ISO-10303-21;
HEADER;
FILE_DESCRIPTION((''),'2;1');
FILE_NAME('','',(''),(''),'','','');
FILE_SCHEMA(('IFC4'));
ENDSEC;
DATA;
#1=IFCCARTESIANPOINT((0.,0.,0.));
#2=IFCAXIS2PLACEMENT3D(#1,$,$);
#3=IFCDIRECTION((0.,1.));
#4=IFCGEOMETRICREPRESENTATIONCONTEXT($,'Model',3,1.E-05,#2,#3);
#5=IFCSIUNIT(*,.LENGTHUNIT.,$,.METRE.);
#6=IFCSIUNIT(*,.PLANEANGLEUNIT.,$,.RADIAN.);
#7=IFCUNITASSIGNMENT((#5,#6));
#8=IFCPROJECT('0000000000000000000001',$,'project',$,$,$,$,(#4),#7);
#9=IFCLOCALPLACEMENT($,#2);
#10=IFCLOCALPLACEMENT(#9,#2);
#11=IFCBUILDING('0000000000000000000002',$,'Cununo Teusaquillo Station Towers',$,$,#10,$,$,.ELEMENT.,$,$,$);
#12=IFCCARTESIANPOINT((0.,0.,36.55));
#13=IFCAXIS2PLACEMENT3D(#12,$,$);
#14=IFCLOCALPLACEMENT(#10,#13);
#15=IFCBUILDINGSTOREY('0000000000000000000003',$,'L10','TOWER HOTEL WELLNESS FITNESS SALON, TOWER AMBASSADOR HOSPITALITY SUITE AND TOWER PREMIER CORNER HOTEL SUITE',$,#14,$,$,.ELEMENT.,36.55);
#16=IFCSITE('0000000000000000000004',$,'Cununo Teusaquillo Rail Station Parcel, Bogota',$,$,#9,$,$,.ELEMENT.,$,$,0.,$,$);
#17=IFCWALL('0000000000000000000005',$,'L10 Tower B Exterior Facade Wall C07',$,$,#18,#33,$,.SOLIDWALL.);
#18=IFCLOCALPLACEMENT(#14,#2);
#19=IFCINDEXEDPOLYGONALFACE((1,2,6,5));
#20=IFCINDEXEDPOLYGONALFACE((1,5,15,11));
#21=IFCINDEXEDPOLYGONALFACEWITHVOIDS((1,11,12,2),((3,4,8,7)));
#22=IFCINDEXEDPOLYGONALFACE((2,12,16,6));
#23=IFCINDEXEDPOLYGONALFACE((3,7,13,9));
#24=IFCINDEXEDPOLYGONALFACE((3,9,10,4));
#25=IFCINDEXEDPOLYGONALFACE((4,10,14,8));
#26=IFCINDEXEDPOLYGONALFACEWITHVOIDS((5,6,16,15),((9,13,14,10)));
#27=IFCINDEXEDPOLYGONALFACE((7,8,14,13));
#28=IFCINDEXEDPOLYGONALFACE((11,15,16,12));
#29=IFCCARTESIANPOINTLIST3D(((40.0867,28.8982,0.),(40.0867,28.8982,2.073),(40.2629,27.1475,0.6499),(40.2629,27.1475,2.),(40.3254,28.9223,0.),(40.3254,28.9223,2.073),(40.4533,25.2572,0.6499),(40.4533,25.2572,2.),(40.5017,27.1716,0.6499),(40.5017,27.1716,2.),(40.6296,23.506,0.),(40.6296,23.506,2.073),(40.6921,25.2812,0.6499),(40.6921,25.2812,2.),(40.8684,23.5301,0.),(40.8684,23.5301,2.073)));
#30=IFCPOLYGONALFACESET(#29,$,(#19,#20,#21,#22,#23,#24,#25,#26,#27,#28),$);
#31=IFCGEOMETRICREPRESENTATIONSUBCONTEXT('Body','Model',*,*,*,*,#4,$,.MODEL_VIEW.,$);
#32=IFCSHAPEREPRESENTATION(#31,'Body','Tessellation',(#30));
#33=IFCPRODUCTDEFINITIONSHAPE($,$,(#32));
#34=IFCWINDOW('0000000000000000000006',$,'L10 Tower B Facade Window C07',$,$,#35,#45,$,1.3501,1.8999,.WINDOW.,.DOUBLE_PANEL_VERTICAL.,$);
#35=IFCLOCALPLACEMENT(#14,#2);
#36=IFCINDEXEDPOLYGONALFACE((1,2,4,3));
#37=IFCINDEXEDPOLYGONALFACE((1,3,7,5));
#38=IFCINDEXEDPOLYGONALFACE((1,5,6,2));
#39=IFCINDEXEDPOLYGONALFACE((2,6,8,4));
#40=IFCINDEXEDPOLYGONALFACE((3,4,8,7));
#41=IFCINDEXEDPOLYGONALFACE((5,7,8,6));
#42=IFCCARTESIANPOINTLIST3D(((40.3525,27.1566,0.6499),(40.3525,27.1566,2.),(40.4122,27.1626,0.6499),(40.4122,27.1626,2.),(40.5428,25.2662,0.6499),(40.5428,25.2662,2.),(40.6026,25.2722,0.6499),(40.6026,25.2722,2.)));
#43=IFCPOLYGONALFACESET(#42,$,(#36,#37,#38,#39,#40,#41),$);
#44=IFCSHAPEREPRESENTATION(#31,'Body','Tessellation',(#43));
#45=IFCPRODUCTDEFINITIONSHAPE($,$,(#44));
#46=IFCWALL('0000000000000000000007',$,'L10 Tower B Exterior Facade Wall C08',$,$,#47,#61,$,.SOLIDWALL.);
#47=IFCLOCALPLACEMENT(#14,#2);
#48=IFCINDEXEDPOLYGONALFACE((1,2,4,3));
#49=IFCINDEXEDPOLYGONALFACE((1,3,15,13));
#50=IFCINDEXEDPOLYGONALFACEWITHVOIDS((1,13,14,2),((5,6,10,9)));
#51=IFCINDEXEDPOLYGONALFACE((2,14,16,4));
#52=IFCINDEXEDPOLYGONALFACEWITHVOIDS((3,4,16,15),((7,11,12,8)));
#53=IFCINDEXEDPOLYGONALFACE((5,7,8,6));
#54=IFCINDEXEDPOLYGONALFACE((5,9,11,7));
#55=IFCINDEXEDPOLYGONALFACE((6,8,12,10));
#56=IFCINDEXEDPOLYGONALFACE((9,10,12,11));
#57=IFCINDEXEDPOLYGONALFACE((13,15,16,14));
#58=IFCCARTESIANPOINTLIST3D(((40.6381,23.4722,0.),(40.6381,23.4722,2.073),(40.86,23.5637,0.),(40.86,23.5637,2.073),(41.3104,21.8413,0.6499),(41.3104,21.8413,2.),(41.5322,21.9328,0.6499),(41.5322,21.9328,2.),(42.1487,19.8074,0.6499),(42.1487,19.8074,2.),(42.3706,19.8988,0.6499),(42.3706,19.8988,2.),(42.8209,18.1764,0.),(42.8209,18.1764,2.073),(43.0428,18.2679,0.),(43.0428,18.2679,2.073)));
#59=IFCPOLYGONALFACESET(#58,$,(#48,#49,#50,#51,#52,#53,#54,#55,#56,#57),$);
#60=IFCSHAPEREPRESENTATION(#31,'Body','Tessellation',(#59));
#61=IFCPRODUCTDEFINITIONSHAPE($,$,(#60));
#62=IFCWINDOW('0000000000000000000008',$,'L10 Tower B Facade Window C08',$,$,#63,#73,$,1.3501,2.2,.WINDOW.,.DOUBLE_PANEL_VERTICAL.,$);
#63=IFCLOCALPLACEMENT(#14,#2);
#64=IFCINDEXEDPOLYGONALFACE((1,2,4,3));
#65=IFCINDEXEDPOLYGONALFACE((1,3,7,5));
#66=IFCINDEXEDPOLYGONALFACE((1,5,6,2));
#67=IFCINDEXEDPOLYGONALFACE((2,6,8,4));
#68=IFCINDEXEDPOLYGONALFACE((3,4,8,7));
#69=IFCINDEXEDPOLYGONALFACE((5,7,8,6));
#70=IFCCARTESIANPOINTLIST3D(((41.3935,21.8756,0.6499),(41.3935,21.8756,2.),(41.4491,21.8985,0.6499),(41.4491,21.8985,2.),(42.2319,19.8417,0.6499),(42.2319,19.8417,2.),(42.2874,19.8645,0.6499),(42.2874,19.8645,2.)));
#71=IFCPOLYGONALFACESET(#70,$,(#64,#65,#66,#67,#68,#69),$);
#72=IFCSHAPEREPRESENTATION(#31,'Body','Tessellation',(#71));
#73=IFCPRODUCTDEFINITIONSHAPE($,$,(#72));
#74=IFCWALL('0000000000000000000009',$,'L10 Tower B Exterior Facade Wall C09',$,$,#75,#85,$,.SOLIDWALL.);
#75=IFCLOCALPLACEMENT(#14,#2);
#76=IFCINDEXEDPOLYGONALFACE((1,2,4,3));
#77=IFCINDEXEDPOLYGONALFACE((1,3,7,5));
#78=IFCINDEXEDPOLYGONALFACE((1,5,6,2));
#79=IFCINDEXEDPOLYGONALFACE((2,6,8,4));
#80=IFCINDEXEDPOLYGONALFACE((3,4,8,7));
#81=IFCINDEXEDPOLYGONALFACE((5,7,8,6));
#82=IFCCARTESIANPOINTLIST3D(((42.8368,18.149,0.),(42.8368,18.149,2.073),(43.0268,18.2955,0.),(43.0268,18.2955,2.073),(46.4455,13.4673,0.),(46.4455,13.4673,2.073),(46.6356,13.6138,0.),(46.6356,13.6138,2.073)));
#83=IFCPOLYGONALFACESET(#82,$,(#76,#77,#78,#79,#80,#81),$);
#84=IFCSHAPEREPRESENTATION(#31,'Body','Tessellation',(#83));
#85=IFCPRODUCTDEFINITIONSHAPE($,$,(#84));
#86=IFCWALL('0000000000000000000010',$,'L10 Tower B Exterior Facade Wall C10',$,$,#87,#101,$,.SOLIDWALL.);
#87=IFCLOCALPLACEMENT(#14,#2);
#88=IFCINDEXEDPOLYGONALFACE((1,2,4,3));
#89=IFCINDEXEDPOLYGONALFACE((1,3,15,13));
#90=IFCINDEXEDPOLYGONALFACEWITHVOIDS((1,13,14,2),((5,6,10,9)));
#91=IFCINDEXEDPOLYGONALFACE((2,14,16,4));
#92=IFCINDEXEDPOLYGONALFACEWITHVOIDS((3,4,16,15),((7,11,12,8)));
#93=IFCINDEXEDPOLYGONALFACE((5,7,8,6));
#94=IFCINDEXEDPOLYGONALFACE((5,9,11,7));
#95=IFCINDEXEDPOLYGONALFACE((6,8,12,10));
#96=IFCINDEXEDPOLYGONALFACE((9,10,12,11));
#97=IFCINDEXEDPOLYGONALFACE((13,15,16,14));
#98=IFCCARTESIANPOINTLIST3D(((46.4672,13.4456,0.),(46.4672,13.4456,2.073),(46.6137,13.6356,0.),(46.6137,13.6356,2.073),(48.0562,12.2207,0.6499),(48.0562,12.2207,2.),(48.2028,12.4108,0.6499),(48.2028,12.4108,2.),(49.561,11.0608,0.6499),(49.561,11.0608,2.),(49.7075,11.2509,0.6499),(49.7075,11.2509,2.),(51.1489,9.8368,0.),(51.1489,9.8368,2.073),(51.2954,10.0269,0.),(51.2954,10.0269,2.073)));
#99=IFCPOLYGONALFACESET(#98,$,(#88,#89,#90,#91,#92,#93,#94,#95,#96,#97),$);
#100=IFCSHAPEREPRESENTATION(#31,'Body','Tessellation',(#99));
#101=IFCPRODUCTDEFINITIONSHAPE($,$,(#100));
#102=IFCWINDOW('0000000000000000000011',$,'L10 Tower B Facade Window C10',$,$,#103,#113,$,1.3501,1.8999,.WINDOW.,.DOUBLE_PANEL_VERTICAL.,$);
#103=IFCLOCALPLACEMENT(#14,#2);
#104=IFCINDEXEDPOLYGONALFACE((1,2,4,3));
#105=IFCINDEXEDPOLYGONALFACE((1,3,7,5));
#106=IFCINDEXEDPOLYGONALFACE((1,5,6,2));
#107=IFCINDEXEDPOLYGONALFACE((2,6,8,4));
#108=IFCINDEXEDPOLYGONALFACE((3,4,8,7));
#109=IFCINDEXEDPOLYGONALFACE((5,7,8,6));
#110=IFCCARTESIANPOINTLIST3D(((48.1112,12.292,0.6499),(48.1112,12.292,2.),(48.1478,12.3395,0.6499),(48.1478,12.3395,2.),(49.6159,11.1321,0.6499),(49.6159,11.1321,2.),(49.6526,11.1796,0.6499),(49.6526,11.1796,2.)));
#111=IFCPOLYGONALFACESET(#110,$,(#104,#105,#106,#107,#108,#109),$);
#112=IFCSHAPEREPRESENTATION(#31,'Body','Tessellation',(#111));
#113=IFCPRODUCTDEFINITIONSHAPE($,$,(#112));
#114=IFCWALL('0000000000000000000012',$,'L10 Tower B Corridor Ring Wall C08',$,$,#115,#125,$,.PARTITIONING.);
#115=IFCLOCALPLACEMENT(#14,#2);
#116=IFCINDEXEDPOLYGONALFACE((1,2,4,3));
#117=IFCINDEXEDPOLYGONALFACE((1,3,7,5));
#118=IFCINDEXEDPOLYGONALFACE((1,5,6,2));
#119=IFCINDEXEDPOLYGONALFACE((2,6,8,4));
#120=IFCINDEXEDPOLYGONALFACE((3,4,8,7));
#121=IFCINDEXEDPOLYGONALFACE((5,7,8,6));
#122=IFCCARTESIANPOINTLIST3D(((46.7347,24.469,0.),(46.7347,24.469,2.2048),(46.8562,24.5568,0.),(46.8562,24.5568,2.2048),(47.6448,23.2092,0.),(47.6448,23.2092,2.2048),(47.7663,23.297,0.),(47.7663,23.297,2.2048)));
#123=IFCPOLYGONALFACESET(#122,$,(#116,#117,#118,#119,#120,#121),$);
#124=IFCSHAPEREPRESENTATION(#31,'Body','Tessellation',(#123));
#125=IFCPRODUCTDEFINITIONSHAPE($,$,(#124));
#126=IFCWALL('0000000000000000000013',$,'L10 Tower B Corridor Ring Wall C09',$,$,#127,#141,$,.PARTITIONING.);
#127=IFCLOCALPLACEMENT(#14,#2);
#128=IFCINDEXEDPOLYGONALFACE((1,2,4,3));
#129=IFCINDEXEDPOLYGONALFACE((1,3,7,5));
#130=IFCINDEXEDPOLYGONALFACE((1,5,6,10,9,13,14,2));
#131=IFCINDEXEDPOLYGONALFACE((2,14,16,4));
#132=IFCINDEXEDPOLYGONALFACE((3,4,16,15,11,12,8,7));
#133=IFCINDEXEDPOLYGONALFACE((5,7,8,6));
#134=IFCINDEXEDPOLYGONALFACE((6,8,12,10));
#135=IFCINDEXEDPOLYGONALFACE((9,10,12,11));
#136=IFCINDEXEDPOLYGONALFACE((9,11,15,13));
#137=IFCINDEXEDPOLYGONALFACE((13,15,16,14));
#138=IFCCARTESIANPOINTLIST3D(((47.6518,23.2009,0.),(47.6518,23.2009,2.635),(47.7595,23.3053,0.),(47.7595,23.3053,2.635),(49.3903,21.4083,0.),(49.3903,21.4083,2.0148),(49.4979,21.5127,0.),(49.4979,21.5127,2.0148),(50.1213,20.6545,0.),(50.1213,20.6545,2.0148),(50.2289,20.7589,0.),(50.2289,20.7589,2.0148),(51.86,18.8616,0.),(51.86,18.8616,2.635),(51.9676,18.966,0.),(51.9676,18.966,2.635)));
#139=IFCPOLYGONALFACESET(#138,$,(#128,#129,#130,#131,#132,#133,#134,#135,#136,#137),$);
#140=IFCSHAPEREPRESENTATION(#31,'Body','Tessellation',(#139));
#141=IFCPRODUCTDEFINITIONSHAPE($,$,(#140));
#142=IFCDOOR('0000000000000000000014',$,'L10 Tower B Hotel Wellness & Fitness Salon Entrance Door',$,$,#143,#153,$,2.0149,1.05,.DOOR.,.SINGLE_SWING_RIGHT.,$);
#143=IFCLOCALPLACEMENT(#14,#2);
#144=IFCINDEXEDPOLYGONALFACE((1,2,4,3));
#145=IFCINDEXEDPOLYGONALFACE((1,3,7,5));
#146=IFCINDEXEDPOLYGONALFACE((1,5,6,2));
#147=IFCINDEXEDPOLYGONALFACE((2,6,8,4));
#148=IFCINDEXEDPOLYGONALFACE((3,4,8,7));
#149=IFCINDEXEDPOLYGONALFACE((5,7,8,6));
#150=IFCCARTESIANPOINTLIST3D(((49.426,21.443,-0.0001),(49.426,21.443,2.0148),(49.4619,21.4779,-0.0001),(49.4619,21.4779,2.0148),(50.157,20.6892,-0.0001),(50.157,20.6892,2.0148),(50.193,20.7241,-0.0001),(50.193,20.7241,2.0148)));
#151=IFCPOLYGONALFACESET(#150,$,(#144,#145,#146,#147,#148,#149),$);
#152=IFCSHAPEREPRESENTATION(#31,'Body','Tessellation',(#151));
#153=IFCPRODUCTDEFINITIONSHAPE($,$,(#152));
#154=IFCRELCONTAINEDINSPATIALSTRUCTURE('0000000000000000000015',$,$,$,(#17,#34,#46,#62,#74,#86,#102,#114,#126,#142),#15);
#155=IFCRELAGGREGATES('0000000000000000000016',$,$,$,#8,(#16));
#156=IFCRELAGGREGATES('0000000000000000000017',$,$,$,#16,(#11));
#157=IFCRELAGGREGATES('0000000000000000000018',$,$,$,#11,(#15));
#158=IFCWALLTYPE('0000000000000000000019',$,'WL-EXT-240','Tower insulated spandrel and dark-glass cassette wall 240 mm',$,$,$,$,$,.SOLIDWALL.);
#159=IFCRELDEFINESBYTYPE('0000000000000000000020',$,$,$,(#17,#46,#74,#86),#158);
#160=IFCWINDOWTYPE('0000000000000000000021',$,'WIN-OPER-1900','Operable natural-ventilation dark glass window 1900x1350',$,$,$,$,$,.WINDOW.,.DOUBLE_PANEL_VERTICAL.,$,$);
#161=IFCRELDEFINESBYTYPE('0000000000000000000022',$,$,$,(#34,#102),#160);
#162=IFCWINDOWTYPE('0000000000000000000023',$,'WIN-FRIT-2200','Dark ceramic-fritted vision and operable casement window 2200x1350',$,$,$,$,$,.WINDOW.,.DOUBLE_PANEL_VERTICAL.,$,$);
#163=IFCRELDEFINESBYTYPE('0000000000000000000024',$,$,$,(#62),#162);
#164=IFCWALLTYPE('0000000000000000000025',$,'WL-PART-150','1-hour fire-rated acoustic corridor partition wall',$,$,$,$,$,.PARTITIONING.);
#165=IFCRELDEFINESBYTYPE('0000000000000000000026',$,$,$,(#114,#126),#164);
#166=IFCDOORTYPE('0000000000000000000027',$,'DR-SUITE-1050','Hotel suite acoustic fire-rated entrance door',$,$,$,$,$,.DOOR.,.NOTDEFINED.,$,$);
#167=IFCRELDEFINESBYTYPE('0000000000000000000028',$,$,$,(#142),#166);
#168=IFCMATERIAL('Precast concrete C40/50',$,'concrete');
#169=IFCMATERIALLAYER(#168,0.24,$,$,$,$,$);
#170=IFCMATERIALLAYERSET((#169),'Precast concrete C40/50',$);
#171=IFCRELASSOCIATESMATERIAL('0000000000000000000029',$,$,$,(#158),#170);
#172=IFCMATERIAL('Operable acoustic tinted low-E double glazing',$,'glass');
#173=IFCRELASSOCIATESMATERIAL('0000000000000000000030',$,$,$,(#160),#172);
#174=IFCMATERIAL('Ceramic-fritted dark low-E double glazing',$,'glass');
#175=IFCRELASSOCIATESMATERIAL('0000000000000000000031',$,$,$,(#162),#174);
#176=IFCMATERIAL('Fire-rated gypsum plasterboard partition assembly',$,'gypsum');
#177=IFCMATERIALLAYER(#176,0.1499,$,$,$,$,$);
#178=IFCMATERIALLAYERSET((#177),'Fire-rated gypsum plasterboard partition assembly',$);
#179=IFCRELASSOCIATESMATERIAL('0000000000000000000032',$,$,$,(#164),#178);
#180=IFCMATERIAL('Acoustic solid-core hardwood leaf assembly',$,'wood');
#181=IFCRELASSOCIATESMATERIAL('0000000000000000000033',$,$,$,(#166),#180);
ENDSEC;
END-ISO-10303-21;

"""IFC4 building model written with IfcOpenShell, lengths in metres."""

from ifc_helpers import new_model, si_unit, direction, frame, frame_2d, origin, place, context, subcontext, project, spatial, rectangle, extrude, source, transform, mapped, material, layer, layer_set, type_object, element, fill, save


model = new_model("IFC4")

# Units and contexts
model_context = context("Model", 3, precision=1e-05, world=origin(), true_north=direction((0.0, 1.0)))
body_context = subcontext(model_context, "Body", "Model", "MODEL_VIEW")
ifc_project = project(units=[si_unit("LENGTHUNIT", "METRE"), si_unit("PLANEANGLEUNIT", "RADIAN")], contexts=[model_context])

# Site, building, storey
site_placement = place(None, origin())
site = spatial("IfcSite", under=ifc_project, at=site_placement, Name="Cununo Teusaquillo Rail Station Parcel, Bogota", CompositionType="ELEMENT", RefElevation=0.0)
building_placement = place(site_placement, origin())
building = spatial("IfcBuilding", under=site, at=building_placement, Name="Cununo Teusaquillo Station Towers", CompositionType="ELEMENT")
storey_placement = place(building_placement, frame((0.0, 0.0, 36.55)))
storey = spatial("IfcBuildingStorey", under=building, at=storey_placement, Name="L10", Description="TOWER HOTEL WELLNESS FITNESS SALON, TOWER AMBASSADOR HOSPITALITY SUITE AND TOWER PREMIER CORNER HOTEL SUITE", CompositionType="ELEMENT", Elevation=36.55)

# Shared definitions
ifc_material_1 = material(Name="Precast concrete C40/50", Category="concrete")
ifc_layer_1 = layer(ifc_material_1, 0.24)
ifc_layer_set_1 = layer_set([ifc_layer_1], Name="Precast concrete C40/50")
wall_type_1 = type_object("IfcWallType", Name="WL-EXT-240", Description="Tower insulated spandrel and dark-glass cassette wall 240 mm", PredefinedType="SOLIDWALL", material=ifc_layer_set_1)

# Walls, openings, windows
shared_shape_1 = source(origin(), body_context, "Body", "SweptSolid", [
    extrude(rectangle(XDim=1.8999, YDim=1.3501, at=frame_2d((0.95, 0.675))), frame((0.0, 0.1299, 0.0), z_axis=(0.0, -1.0, 0.0), x_axis=(1.0, 0.0, 0.0)), (0.0, 0.0, 1.0), 0.26),
])
ifc_material_2 = material(Name="Operable acoustic tinted low-E double glazing", Category="glass")
window_type_1 = type_object("IfcWindowType", Name="WIN-OPER-1900", Description="Operable natural-ventilation dark glass window 1900x1350", PartitioningType="DOUBLE_PANEL_VERTICAL", PredefinedType="WINDOW", material=ifc_material_2)
shared_shape_2 = source(origin(), body_context, "Body", "SweptSolid", [
    extrude(rectangle(XDim=1.8999, YDim=1.3501, at=frame_2d((0.95, 0.675))), frame((0.0, 0.03, 0.0), z_axis=(0.0, -1.0, 0.0), x_axis=(1.0, 0.0, 0.0)), (0.0, 0.0, 1.0), 0.0601),
])
wall_1_placement = place(storey_placement, frame((40.749, 23.5181, 0.0), z_axis=(0.0, 0.0, 1.0), x_axis=(-0.100191, 0.994968, 0.0)))
wall_1 = element("IfcWall", 1, at=wall_1_placement, inside=storey, type_object=wall_type_1, Name="L10 Tower B Exterior Facade Wall C07", PredefinedType="SOLIDWALL", context=body_context, shape_type="SweptSolid", body=[
    extrude(rectangle(XDim=5.4194, YDim=0.24, at=frame_2d((2.7097, 0.0))), origin(), (0.0, 0.0, 1.0), 2.073),
])
opening_1_placement = place(wall_1_placement, frame((1.76, 0.0, 0.6499)))
opening_1 = element("IfcOpeningElement", 2, at=opening_1_placement, cuts=wall_1, PredefinedType="OPENING", context=body_context, shape_type="MappedRepresentation", body=[
    mapped(shared_shape_1, transform((0.0, 0.0, 0.0), x_axis=(1.0, 0.0, 0.0), y_axis=(0.0, 1.0, 0.0), z_axis=(0.0, 0.0, 1.0), scale=1.0)),
])
window_1_placement = place(opening_1_placement, origin())
window_1 = element("IfcWindow", 3, at=window_1_placement, inside=storey, type_object=window_type_1, Name="L10 Tower B Facade Window C07", OverallHeight=1.3501, OverallWidth=1.8999, PartitioningType="DOUBLE_PANEL_VERTICAL", PredefinedType="WINDOW", context=body_context, shape_type="MappedRepresentation", body=[
    mapped(shared_shape_2, transform((0.0, 0.0, 0.0), x_axis=(1.0, 0.0, 0.0), y_axis=(0.0, 1.0, 0.0), z_axis=(0.0, 0.0, 1.0), scale=1.0)),
])
fill(opening_1, window_1)
wall_2_placement = place(storey_placement, frame((42.9319, 18.2222, 0.0), z_axis=(0.0, 0.0, 1.0), x_axis=(-0.381078, 0.924543, 0.0)))
wall_2 = element("IfcWall", 4, at=wall_2_placement, inside=storey, type_object=wall_type_1, Name="L10 Tower B Exterior Facade Wall C08", PredefinedType="SOLIDWALL", context=body_context, shape_type="SweptSolid", body=[
    extrude(rectangle(XDim=5.728, YDim=0.24, at=frame_2d((2.864, 0.0))), origin(), (0.0, 0.0, 1.0), 2.073),
])
shared_shape_3 = source(origin(), body_context, "Body", "SweptSolid", [
    extrude(rectangle(XDim=2.2, YDim=1.3501, at=frame_2d((1.1001, 0.675))), frame((0.0, 0.1299, 0.0), z_axis=(0.0, -1.0, 0.0), x_axis=(1.0, 0.0, 0.0)), (0.0, 0.0, 1.0), 0.26),
])
opening_2_placement = place(wall_2_placement, frame((1.7639, 0.0, 0.6499)))
opening_2 = element("IfcOpeningElement", 5, at=opening_2_placement, cuts=wall_2, PredefinedType="OPENING", context=body_context, shape_type="MappedRepresentation", body=[
    mapped(shared_shape_3, transform((0.0, 0.0, 0.0), x_axis=(1.0, 0.0, 0.0), y_axis=(0.0, 1.0, 0.0), z_axis=(0.0, 0.0, 1.0), scale=1.0)),
])
ifc_material_3 = material(Name="Ceramic-fritted dark low-E double glazing", Category="glass")
window_type_2 = type_object("IfcWindowType", Name="WIN-FRIT-2200", Description="Dark ceramic-fritted vision and operable casement window 2200x1350", PartitioningType="DOUBLE_PANEL_VERTICAL", PredefinedType="WINDOW", material=ifc_material_3)
shared_shape_4 = source(origin(), body_context, "Body", "SweptSolid", [
    extrude(rectangle(XDim=2.2, YDim=1.3501, at=frame_2d((1.1001, 0.675))), frame((0.0, 0.03, 0.0), z_axis=(0.0, -1.0, 0.0), x_axis=(1.0, 0.0, 0.0)), (0.0, 0.0, 1.0), 0.0601),
])
window_2_placement = place(opening_2_placement, origin())
window_2 = element("IfcWindow", 6, at=window_2_placement, inside=storey, type_object=window_type_2, Name="L10 Tower B Facade Window C08", OverallHeight=1.3501, OverallWidth=2.2, PartitioningType="DOUBLE_PANEL_VERTICAL", PredefinedType="WINDOW", context=body_context, shape_type="MappedRepresentation", body=[
    mapped(shared_shape_4, transform((0.0, 0.0, 0.0), x_axis=(1.0, 0.0, 0.0), y_axis=(0.0, 1.0, 0.0), z_axis=(0.0, 0.0, 1.0), scale=1.0)),
])
fill(opening_2, window_2)

# Wall
wall_3_placement = place(storey_placement, frame((46.5405, 13.5405, 0.0), z_axis=(0.0, 0.0, 1.0), x_axis=(-0.610495, 0.79202, 0.0)))
element("IfcWall", 7, at=wall_3_placement, inside=storey, type_object=wall_type_1, Name="L10 Tower B Exterior Facade Wall C09", PredefinedType="SOLIDWALL", context=body_context, shape_type="SweptSolid", body=[
    extrude(rectangle(XDim=5.9111, YDim=0.24, at=frame_2d((2.9556, 0.0))), origin(), (0.0, 0.0, 1.0), 2.073),
])

# Wall, opening, window
wall_4_placement = place(storey_placement, frame((51.2222, 9.9319, 0.0), z_axis=(0.0, 0.0, 1.0), x_axis=(-0.79202, 0.610495, 0.0)))
wall_4 = element("IfcWall", 8, at=wall_4_placement, inside=storey, type_object=wall_type_1, Name="L10 Tower B Exterior Facade Wall C10", PredefinedType="SOLIDWALL", context=body_context, shape_type="SweptSolid", body=[
    extrude(rectangle(XDim=5.9111, YDim=0.24, at=frame_2d((2.9556, 0.0))), origin(), (0.0, 0.0, 1.0), 2.073),
])
opening_3_placement = place(wall_4_placement, frame((2.0049, 0.0, 0.6499)))
opening_3 = element("IfcOpeningElement", 9, at=opening_3_placement, cuts=wall_4, PredefinedType="OPENING", context=body_context, shape_type="MappedRepresentation", body=[
    mapped(shared_shape_1, transform((0.0, 0.0, 0.0), x_axis=(1.0, 0.0, 0.0), y_axis=(0.0, 1.0, 0.0), z_axis=(0.0, 0.0, 1.0), scale=1.0)),
])
window_3_placement = place(opening_3_placement, origin())
window_3 = element("IfcWindow", 10, at=window_3_placement, inside=storey, type_object=window_type_1, Name="L10 Tower B Facade Window C10", OverallHeight=1.3501, OverallWidth=1.8999, PartitioningType="DOUBLE_PANEL_VERTICAL", PredefinedType="WINDOW", context=body_context, shape_type="MappedRepresentation", body=[
    mapped(shared_shape_2, transform((0.0, 0.0, 0.0), x_axis=(1.0, 0.0, 0.0), y_axis=(0.0, 1.0, 0.0), z_axis=(0.0, 0.0, 1.0), scale=1.0)),
])
fill(opening_3, window_3)

# Wall
ifc_material_4 = material(Name="Fire-rated gypsum plasterboard partition assembly", Category="gypsum")
ifc_layer_2 = layer(ifc_material_4, 0.1499)
ifc_layer_set_2 = layer_set([ifc_layer_2], Name="Fire-rated gypsum plasterboard partition assembly")
wall_type_2 = type_object("IfcWallType", Name="WL-PART-150", Description="1-hour fire-rated acoustic corridor partition wall", PredefinedType="PARTITIONING", material=ifc_layer_set_2)
wall_5_placement = place(storey_placement, frame((46.7954, 24.5129, 0.0), z_axis=(0.0, 0.0, 1.0), x_axis=(0.585628, -0.81058, 0.0)))
element("IfcWall", 11, at=wall_5_placement, inside=storey, type_object=wall_type_2, Name="L10 Tower B Corridor Ring Wall C08", PredefinedType="PARTITIONING", context=body_context, shape_type="SweptSolid", body=[
    extrude(rectangle(XDim=1.5542, YDim=0.1499, at=frame_2d((0.7771, 0.0))), origin(), (0.0, 0.0, 1.0), 2.2048),
])

# Wall, opening, door
wall_6_placement = place(storey_placement, frame((47.7056, 23.2532, 0.0), z_axis=(0.0, 0.0, 1.0), x_axis=(0.696179, -0.717868, 0.0)))
wall_6 = element("IfcWall", 12, at=wall_6_placement, inside=storey, type_object=wall_type_2, Name="L10 Tower B Corridor Ring Wall C09", PredefinedType="PARTITIONING", context=body_context, shape_type="SweptSolid", body=[
    extrude(rectangle(XDim=6.0447, YDim=0.1499, at=frame_2d((3.0225, 0.0))), origin(), (0.0, 0.0, 1.0), 2.635),
])
shared_shape_5 = source(origin(), body_context, "Body", "SweptSolid", [
    extrude(rectangle(XDim=1.05, YDim=2.0149, at=frame_2d((0.5249, 1.0073))), frame((0.0, 0.085, 0.0), z_axis=(0.0, -1.0, 0.0), x_axis=(1.0, 0.0, 0.0)), (0.0, 0.0, 1.0), 0.1699),
])
opening_4_placement = place(wall_6_placement, frame((2.4973, 0.0, 0.0)))
opening_4 = element("IfcOpeningElement", 13, at=opening_4_placement, cuts=wall_6, PredefinedType="OPENING", context=body_context, shape_type="MappedRepresentation", body=[
    mapped(shared_shape_5, transform((0.0, 0.0, 0.0), x_axis=(1.0, 0.0, 0.0), y_axis=(0.0, 1.0, 0.0), z_axis=(0.0, 0.0, 1.0), scale=1.0)),
])
ifc_material_5 = material(Name="Acoustic solid-core hardwood leaf assembly", Category="wood")
door_type_1 = type_object("IfcDoorType", Name="DR-SUITE-1050", Description="Hotel suite acoustic fire-rated entrance door", OperationType="NOTDEFINED", PredefinedType="DOOR", material=ifc_material_5)
shared_shape_6 = source(origin(), body_context, "Body", "SweptSolid", [
    extrude(rectangle(XDim=1.05, YDim=2.0149, at=frame_2d((0.5249, 1.0073))), frame((0.0, 0.0249, 0.0), z_axis=(0.0, -1.0, 0.0), x_axis=(1.0, 0.0, 0.0)), (0.0, 0.0, 1.0), 0.05),
])
door_1_placement = place(opening_4_placement, origin())
door_1 = element("IfcDoor", 14, at=door_1_placement, inside=storey, type_object=door_type_1, Name="L10 Tower B Hotel Wellness & Fitness Salon Entrance Door", OperationType="SINGLE_SWING_RIGHT", OverallHeight=2.0149, OverallWidth=1.05, PredefinedType="DOOR", context=body_context, shape_type="MappedRepresentation", body=[
    mapped(shared_shape_6, transform((0.0, 0.0, 0.0), x_axis=(1.0, 0.0, 0.0), y_axis=(0.0, 1.0, 0.0), z_axis=(0.0, 0.0, 1.0), scale=1.0)),
])
fill(opening_4, door_1)

save(model, "model.ifc")
